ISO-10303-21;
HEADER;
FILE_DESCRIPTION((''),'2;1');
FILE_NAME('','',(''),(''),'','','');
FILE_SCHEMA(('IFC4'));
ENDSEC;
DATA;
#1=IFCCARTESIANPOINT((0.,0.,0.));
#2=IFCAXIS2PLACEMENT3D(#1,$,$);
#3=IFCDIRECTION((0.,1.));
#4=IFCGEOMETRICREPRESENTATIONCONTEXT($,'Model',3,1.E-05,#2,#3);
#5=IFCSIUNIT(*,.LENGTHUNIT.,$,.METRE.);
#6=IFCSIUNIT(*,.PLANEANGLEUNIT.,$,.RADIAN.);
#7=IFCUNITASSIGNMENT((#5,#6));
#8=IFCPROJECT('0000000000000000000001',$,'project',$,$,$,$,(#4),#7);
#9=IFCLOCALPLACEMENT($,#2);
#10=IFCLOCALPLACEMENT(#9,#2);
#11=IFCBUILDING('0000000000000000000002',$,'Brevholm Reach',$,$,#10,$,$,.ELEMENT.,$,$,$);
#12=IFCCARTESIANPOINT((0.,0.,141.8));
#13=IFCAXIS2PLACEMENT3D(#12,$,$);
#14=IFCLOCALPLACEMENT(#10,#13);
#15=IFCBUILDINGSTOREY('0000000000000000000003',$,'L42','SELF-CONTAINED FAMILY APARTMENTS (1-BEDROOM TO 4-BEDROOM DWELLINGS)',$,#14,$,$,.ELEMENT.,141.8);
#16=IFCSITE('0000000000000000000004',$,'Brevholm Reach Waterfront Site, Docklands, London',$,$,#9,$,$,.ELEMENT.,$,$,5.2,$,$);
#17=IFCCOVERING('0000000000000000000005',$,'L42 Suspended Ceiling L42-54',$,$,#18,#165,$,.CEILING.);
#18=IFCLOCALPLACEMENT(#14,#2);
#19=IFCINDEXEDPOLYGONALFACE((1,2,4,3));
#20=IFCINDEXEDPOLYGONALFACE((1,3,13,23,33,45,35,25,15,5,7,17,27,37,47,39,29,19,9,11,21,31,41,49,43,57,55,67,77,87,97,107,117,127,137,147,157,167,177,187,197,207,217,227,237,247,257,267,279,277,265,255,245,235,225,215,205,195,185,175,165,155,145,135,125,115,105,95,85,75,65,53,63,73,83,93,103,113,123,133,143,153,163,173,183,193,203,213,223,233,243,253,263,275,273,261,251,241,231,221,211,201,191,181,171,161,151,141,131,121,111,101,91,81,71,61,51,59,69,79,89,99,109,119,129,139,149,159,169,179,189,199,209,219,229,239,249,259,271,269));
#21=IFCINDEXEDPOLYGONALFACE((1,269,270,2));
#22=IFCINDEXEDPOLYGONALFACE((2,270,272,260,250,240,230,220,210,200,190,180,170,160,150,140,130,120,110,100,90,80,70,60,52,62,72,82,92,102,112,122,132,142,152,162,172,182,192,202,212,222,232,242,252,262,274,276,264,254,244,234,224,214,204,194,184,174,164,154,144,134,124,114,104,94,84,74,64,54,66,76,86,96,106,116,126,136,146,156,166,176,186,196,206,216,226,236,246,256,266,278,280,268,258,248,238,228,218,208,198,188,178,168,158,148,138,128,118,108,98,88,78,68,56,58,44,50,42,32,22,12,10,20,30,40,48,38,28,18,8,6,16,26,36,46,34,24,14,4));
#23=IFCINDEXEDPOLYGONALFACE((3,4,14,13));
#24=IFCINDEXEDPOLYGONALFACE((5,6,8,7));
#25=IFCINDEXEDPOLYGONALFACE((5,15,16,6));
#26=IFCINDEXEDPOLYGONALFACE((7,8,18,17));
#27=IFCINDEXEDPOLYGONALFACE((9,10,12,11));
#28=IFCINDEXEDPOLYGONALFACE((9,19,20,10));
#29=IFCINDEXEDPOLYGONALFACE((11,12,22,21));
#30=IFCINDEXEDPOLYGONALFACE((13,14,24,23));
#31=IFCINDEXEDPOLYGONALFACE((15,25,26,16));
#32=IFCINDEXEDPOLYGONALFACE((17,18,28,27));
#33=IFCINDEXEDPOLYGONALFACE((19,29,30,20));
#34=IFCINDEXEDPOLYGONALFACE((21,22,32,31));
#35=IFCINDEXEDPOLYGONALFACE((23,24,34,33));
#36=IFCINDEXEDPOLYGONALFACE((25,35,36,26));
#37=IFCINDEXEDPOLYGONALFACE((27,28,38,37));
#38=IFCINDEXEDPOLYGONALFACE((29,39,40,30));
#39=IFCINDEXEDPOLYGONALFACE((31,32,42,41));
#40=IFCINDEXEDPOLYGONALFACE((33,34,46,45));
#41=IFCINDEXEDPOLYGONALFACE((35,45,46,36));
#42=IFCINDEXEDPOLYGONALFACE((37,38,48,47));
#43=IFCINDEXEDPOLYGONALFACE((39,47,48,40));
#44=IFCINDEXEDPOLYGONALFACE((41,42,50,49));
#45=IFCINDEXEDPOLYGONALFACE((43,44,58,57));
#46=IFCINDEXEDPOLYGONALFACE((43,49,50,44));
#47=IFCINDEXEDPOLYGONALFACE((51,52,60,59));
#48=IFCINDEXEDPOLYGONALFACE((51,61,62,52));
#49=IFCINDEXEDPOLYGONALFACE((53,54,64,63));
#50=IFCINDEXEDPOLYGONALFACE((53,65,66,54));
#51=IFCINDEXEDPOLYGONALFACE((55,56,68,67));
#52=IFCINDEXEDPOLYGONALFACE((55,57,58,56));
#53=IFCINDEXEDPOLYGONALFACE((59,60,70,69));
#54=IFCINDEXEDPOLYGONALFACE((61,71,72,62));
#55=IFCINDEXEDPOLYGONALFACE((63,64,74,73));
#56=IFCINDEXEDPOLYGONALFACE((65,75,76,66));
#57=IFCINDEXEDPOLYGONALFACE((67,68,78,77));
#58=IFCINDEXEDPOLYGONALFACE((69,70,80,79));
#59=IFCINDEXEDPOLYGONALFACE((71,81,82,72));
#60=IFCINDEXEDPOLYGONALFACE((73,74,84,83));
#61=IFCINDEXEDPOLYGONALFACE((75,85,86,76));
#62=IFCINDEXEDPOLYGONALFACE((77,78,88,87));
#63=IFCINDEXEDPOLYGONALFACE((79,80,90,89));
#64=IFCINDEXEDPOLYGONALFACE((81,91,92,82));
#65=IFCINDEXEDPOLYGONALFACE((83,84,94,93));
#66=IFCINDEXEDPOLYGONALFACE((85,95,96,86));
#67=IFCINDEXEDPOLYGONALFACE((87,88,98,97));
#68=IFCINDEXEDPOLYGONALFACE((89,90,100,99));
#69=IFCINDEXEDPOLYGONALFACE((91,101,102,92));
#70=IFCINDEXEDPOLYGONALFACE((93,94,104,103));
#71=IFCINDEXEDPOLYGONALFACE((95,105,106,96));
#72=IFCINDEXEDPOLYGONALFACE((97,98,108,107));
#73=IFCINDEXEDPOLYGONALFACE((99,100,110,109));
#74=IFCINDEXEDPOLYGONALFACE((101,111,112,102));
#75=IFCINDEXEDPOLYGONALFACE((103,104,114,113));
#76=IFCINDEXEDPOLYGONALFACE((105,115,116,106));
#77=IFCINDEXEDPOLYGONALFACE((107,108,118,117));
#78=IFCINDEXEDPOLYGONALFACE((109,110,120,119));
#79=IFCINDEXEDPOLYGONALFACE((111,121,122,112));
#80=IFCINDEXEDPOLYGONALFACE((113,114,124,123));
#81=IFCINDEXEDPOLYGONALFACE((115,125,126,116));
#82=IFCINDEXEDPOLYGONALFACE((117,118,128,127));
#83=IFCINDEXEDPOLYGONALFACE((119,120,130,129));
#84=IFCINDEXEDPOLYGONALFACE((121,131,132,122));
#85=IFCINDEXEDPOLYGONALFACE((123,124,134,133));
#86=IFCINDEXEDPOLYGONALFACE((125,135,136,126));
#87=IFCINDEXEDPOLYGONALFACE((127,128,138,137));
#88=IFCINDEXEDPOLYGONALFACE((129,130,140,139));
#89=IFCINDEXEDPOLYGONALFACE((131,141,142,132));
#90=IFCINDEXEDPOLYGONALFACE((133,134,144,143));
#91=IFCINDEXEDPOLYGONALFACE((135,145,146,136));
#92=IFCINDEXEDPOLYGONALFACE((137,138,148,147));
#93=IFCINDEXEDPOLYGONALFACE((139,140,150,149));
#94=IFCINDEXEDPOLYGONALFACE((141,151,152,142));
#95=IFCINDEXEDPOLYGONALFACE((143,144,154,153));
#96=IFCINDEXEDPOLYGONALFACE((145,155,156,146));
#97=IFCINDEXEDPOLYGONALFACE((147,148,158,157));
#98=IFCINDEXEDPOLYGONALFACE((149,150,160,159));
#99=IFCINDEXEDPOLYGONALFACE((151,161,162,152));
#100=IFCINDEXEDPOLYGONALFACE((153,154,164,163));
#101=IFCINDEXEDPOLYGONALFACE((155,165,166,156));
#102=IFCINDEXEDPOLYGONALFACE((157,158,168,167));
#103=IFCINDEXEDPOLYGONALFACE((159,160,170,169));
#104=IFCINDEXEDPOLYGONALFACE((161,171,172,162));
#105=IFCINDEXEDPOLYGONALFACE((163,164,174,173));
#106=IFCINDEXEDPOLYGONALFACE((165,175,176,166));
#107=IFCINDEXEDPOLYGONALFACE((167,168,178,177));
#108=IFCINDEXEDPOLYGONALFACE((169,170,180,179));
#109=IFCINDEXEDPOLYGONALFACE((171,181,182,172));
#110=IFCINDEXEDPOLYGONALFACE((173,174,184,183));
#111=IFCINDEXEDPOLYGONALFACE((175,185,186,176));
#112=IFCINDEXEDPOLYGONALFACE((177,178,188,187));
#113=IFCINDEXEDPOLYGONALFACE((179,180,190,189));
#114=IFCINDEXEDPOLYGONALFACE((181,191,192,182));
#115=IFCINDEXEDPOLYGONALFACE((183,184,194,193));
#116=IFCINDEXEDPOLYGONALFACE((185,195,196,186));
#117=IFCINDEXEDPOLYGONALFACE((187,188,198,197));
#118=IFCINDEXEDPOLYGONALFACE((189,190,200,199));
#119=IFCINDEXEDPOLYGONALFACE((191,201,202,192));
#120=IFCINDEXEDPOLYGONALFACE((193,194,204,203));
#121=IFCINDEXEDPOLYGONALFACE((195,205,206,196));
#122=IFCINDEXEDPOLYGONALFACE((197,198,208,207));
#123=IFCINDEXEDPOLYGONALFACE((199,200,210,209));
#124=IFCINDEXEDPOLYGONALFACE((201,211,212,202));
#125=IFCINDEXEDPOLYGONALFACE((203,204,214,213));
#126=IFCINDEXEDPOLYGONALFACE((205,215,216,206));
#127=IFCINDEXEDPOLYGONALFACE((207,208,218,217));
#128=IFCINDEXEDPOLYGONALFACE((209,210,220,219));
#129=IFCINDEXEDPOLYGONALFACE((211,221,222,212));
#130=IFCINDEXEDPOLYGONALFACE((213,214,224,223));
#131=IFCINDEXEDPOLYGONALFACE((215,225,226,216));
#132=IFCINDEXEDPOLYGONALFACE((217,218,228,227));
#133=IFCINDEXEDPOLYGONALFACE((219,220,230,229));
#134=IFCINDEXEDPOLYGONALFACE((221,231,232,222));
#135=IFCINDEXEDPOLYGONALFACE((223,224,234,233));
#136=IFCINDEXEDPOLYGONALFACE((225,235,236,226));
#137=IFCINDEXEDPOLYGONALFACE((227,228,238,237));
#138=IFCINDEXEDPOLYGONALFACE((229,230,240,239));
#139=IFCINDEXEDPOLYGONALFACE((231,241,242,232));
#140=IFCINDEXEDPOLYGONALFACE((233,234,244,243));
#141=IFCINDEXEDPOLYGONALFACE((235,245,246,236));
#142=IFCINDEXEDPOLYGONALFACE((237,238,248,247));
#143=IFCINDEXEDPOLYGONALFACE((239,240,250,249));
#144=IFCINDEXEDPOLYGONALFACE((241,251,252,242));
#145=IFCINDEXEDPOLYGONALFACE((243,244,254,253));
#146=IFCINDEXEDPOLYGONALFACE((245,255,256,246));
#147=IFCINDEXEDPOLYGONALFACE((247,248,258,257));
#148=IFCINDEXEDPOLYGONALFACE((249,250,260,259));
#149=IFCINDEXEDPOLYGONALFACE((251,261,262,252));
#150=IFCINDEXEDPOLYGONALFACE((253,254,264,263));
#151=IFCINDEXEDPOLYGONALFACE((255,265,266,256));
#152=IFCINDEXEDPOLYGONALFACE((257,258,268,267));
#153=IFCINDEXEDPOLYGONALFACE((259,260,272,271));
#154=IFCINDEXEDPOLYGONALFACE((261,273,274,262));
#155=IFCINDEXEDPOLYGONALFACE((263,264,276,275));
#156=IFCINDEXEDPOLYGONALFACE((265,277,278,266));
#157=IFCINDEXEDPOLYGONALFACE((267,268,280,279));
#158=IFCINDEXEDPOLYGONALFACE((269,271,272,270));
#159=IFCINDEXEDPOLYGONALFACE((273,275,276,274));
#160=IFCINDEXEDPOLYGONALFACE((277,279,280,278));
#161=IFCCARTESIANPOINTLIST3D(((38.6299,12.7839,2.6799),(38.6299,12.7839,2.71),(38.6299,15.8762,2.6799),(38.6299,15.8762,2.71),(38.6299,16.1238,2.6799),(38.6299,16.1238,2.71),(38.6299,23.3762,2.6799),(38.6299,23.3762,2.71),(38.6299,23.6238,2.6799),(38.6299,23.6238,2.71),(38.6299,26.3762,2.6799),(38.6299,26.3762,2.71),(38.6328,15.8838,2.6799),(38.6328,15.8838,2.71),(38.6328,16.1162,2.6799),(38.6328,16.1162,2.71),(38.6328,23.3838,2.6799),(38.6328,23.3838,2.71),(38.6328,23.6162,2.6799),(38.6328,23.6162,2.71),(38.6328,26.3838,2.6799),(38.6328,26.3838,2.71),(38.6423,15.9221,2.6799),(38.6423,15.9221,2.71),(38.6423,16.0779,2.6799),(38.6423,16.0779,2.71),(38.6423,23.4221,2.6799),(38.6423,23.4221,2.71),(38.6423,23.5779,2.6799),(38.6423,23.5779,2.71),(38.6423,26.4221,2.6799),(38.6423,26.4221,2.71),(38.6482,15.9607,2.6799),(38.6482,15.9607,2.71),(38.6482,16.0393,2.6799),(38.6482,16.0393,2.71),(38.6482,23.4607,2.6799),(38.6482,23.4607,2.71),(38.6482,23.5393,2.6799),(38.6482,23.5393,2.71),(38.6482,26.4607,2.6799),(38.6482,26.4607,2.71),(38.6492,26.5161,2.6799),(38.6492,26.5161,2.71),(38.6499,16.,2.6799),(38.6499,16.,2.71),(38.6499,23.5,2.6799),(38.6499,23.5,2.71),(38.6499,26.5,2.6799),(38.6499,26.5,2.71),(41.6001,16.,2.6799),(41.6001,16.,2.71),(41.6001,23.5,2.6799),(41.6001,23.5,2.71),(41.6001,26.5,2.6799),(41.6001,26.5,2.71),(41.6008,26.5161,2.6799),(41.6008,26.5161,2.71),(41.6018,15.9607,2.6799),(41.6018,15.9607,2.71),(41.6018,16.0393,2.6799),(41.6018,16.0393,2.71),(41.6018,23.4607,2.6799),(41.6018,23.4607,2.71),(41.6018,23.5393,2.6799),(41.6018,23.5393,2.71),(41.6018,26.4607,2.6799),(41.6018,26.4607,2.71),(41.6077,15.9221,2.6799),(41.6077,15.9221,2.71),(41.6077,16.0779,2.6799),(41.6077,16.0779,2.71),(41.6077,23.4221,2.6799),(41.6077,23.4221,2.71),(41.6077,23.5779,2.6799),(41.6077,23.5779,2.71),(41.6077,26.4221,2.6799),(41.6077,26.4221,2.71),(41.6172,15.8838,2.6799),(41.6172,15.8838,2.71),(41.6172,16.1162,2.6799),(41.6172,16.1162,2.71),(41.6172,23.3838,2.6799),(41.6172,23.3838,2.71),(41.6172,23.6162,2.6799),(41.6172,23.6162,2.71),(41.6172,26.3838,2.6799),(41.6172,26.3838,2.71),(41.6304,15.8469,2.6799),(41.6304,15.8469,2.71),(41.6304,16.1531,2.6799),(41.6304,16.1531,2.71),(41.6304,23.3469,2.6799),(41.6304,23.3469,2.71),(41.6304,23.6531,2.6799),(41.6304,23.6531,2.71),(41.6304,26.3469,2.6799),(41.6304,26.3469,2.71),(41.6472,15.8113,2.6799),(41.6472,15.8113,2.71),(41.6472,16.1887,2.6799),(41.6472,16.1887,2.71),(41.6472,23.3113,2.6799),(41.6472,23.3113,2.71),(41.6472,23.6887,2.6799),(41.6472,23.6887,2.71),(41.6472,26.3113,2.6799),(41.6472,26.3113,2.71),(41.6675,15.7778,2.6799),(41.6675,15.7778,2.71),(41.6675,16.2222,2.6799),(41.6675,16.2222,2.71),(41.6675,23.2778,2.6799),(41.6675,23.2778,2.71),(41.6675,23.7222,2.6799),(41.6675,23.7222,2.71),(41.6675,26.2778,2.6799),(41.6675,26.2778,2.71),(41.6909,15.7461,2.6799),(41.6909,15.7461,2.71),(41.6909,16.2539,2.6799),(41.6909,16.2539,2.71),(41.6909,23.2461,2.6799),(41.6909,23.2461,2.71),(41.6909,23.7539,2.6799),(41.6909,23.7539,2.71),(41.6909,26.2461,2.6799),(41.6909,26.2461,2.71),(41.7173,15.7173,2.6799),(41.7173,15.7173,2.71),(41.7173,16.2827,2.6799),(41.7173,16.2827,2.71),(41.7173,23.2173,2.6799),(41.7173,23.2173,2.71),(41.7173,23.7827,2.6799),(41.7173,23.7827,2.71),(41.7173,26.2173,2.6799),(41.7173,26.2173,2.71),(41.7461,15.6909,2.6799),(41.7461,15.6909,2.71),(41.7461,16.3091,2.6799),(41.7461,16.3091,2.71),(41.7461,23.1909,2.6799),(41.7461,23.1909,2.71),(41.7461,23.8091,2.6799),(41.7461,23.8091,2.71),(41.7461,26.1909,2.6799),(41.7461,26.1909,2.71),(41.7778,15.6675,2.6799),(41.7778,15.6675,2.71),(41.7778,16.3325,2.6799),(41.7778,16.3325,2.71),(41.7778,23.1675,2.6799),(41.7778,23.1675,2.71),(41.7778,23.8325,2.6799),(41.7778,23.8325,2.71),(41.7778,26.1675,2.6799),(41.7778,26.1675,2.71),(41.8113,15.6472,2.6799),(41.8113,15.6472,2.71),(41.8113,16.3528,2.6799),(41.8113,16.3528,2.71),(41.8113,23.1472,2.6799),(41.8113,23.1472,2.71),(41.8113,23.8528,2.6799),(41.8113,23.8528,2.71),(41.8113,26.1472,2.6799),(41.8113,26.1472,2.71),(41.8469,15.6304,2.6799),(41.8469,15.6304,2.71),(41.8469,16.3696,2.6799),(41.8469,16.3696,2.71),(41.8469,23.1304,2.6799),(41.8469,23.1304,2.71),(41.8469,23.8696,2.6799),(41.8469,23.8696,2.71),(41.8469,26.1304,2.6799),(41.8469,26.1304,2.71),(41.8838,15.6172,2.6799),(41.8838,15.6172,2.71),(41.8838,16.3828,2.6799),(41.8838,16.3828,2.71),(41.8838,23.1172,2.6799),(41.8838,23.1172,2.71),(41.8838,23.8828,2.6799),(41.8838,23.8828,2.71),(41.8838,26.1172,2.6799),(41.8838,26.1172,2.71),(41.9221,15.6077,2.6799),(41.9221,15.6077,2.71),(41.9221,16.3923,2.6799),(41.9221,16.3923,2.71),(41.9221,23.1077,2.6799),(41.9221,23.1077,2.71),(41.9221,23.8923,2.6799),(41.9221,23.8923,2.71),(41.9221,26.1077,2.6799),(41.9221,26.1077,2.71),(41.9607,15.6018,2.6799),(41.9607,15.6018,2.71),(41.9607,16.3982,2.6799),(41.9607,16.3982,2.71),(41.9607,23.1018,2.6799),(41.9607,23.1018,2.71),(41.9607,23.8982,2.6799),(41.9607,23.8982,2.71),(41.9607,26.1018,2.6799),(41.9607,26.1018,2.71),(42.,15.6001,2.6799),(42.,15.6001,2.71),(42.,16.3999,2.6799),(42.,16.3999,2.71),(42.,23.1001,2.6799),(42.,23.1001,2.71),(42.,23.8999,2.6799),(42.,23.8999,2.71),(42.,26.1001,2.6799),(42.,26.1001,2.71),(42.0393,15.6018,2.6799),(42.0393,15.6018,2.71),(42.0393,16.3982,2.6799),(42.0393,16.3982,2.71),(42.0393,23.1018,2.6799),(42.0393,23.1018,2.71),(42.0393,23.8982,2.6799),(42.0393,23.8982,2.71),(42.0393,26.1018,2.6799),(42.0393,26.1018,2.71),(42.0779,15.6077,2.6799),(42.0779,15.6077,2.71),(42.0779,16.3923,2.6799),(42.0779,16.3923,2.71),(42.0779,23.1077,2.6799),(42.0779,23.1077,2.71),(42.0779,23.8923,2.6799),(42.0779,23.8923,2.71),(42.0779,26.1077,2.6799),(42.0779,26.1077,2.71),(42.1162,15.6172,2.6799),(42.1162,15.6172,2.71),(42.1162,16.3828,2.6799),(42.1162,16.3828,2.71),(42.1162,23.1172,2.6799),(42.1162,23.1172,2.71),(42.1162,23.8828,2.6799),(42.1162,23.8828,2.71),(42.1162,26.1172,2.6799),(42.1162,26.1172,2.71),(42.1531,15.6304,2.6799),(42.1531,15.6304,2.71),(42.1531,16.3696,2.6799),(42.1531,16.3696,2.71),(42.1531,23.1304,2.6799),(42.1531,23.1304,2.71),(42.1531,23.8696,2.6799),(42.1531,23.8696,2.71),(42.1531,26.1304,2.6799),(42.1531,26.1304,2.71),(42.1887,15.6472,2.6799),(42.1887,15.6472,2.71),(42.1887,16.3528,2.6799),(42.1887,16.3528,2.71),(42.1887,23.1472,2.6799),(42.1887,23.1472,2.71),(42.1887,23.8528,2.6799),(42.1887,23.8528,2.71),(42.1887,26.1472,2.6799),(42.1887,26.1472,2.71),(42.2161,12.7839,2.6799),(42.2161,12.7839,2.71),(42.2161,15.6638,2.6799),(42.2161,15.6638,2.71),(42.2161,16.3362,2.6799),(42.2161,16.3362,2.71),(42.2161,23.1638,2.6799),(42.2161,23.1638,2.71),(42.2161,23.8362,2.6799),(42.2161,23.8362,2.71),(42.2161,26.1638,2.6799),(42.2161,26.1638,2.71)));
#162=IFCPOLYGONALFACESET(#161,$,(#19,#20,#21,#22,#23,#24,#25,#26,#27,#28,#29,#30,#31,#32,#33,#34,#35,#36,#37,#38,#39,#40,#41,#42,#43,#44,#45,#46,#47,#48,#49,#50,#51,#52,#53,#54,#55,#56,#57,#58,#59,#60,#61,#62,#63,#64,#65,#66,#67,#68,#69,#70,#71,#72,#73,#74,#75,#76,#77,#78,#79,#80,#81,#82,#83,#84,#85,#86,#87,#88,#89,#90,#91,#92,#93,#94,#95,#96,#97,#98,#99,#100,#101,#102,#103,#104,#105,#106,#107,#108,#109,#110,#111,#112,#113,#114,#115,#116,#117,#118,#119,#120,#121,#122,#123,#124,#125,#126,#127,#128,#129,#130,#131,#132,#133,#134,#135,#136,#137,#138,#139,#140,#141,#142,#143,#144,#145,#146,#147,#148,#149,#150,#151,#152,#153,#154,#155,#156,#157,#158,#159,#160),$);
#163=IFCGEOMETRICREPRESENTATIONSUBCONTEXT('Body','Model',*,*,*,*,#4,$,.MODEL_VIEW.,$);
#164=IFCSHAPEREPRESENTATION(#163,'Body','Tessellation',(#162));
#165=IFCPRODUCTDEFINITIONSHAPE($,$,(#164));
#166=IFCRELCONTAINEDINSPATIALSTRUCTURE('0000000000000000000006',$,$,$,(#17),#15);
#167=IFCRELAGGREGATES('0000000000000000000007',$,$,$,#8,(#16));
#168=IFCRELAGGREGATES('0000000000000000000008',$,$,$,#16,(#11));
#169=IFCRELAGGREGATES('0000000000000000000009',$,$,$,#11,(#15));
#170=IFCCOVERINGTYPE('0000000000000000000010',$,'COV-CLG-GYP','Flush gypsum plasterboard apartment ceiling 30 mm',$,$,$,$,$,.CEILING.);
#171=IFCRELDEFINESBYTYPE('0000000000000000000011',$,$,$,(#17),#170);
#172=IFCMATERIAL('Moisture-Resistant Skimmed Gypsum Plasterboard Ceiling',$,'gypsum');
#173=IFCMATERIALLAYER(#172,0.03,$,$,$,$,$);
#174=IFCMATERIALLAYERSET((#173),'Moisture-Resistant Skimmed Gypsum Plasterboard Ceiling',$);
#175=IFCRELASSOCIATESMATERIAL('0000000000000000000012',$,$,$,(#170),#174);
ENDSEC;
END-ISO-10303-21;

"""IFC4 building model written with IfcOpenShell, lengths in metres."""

from ifc_helpers import new_model, si_unit, direction, frame, origin, place, context, subcontext, project, spatial, polyline, outline, extrude, material, layer, layer_set, type_object, element, save


model = new_model("IFC4")

# Units and contexts
model_context = context("Model", 3, precision=1e-05, world=origin(), true_north=direction((0.0, 1.0)))
body_context = subcontext(model_context, "Body", "Model", "MODEL_VIEW")
ifc_project = project(units=[si_unit("LENGTHUNIT", "METRE"), si_unit("PLANEANGLEUNIT", "RADIAN")], contexts=[model_context])

# Site, building, storey
site_placement = place(None, origin())
site = spatial("IfcSite", under=ifc_project, at=site_placement, Name="Brevholm Reach Waterfront Site, Docklands, London", CompositionType="ELEMENT", RefElevation=5.2)
building_placement = place(site_placement, origin())
building = spatial("IfcBuilding", under=site, at=building_placement, Name="Brevholm Reach", CompositionType="ELEMENT")
storey_placement = place(building_placement, frame((0.0, 0.0, 141.8)))
storey = spatial("IfcBuildingStorey", under=building, at=storey_placement, Name="L42", Description="SELF-CONTAINED FAMILY APARTMENTS (1-BEDROOM TO 4-BEDROOM DWELLINGS)", CompositionType="ELEMENT", Elevation=141.8)

# Covering
ifc_material_1 = material(Name="Moisture-Resistant Skimmed Gypsum Plasterboard Ceiling", Category="gypsum")
ifc_layer_1 = layer(ifc_material_1, 0.03)
ifc_layer_set_1 = layer_set([ifc_layer_1], Name="Moisture-Resistant Skimmed Gypsum Plasterboard Ceiling")
covering_type_1 = type_object("IfcCoveringType", Name="COV-CLG-GYP", Description="Flush gypsum plasterboard apartment ceiling 30 mm", PredefinedType="CEILING", material=ifc_layer_set_1)
covering_1_placement = place(storey_placement, frame((0.0, 0.0, 2.6799)))
element("IfcCovering", 1, at=covering_1_placement, inside=storey, type_object=covering_type_1, Name="L42 Suspended Ceiling L42-54", PredefinedType="CEILING", context=body_context, shape_type="SweptSolid", body=[
    extrude(outline(polyline([(38.6299, 15.8762), (38.6328, 15.8838), (38.6423, 15.9221), (38.6482, 15.9607), (38.6499, 16.0), (38.6482, 16.0393), (38.6423, 16.0779), (38.6328, 16.1162), (38.6299, 16.1238), (38.6299, 23.3762), (38.6328, 23.3838), (38.6423, 23.4221), (38.6482, 23.4607), (38.6499, 23.5), (38.6482, 23.5393), (38.6423, 23.5779), (38.6328, 23.6162), (38.6299, 23.6238), (38.6299, 26.3762), (38.6328, 26.3838), (38.6423, 26.4221), (38.6482, 26.4607), (38.6499, 26.5), (38.6492, 26.5161), (41.6008, 26.5161), (41.6001, 26.5), (41.6018, 26.4607), (41.6077, 26.4221), (41.6172, 26.3838), (41.6304, 26.3469), (41.6472, 26.3113), (41.6675, 26.2778), (41.6909, 26.2461), (41.7173, 26.2173), (41.7461, 26.1909), (41.7778, 26.1675), (41.8113, 26.1472), (41.8469, 26.1304), (41.8838, 26.1172), (41.9221, 26.1077), (41.9607, 26.1018), (42.0, 26.1001), (42.0393, 26.1018), (42.0779, 26.1077), (42.1162, 26.1172), (42.1531, 26.1304), (42.1887, 26.1472), (42.2161, 26.1638), (42.2161, 23.8362), (42.1887, 23.8528), (42.1531, 23.8696), (42.1162, 23.8828), (42.0779, 23.8923), (42.0393, 23.8982), (42.0, 23.8999), (41.9607, 23.8982), (41.9221, 23.8923), (41.8838, 23.8828), (41.8469, 23.8696), (41.8113, 23.8528), (41.7778, 23.8325), (41.7461, 23.8091), (41.7173, 23.7827), (41.6909, 23.7539), (41.6675, 23.7222), (41.6472, 23.6887), (41.6304, 23.6531), (41.6172, 23.6162), (41.6077, 23.5779), (41.6018, 23.5393), (41.6001, 23.5), (41.6018, 23.4607), (41.6077, 23.4221), (41.6172, 23.3838), (41.6304, 23.3469), (41.6472, 23.3113), (41.6675, 23.2778), (41.6909, 23.2461), (41.7173, 23.2173), (41.7461, 23.1909), (41.7778, 23.1675), (41.8113, 23.1472), (41.8469, 23.1304), (41.8838, 23.1172), (41.9221, 23.1077), (41.9607, 23.1018), (42.0, 23.1001), (42.0393, 23.1018), (42.0779, 23.1077), (42.1162, 23.1172), (42.1531, 23.1304), (42.1887, 23.1472), (42.2161, 23.1638), (42.2161, 16.3362), (42.1887, 16.3528), (42.1531, 16.3696), (42.1162, 16.3828), (42.0779, 16.3923), (42.0393, 16.3982), (42.0, 16.3999), (41.9607, 16.3982), (41.9221, 16.3923), (41.8838, 16.3828), (41.8469, 16.3696), (41.8113, 16.3528), (41.7778, 16.3325), (41.7461, 16.3091), (41.7173, 16.2827), (41.6909, 16.2539), (41.6675, 16.2222), (41.6472, 16.1887), (41.6304, 16.1531), (41.6172, 16.1162), (41.6077, 16.0779), (41.6018, 16.0393), (41.6001, 16.0), (41.6018, 15.9607), (41.6077, 15.9221), (41.6172, 15.8838), (41.6304, 15.8469), (41.6472, 15.8113), (41.6675, 15.7778), (41.6909, 15.7461), (41.7173, 15.7173), (41.7461, 15.6909), (41.7778, 15.6675), (41.8113, 15.6472), (41.8469, 15.6304), (41.8838, 15.6172), (41.9221, 15.6077), (41.9607, 15.6018), (42.0, 15.6001), (42.0393, 15.6018), (42.0779, 15.6077), (42.1162, 15.6172), (42.1531, 15.6304), (42.1887, 15.6472), (42.2161, 15.6638), (42.2161, 12.7839), (38.6299, 12.7839), (38.6299, 15.8762)])), origin(), (0.0, 0.0, 1.0), 0.03),
])

save(model, "model.ifc")
